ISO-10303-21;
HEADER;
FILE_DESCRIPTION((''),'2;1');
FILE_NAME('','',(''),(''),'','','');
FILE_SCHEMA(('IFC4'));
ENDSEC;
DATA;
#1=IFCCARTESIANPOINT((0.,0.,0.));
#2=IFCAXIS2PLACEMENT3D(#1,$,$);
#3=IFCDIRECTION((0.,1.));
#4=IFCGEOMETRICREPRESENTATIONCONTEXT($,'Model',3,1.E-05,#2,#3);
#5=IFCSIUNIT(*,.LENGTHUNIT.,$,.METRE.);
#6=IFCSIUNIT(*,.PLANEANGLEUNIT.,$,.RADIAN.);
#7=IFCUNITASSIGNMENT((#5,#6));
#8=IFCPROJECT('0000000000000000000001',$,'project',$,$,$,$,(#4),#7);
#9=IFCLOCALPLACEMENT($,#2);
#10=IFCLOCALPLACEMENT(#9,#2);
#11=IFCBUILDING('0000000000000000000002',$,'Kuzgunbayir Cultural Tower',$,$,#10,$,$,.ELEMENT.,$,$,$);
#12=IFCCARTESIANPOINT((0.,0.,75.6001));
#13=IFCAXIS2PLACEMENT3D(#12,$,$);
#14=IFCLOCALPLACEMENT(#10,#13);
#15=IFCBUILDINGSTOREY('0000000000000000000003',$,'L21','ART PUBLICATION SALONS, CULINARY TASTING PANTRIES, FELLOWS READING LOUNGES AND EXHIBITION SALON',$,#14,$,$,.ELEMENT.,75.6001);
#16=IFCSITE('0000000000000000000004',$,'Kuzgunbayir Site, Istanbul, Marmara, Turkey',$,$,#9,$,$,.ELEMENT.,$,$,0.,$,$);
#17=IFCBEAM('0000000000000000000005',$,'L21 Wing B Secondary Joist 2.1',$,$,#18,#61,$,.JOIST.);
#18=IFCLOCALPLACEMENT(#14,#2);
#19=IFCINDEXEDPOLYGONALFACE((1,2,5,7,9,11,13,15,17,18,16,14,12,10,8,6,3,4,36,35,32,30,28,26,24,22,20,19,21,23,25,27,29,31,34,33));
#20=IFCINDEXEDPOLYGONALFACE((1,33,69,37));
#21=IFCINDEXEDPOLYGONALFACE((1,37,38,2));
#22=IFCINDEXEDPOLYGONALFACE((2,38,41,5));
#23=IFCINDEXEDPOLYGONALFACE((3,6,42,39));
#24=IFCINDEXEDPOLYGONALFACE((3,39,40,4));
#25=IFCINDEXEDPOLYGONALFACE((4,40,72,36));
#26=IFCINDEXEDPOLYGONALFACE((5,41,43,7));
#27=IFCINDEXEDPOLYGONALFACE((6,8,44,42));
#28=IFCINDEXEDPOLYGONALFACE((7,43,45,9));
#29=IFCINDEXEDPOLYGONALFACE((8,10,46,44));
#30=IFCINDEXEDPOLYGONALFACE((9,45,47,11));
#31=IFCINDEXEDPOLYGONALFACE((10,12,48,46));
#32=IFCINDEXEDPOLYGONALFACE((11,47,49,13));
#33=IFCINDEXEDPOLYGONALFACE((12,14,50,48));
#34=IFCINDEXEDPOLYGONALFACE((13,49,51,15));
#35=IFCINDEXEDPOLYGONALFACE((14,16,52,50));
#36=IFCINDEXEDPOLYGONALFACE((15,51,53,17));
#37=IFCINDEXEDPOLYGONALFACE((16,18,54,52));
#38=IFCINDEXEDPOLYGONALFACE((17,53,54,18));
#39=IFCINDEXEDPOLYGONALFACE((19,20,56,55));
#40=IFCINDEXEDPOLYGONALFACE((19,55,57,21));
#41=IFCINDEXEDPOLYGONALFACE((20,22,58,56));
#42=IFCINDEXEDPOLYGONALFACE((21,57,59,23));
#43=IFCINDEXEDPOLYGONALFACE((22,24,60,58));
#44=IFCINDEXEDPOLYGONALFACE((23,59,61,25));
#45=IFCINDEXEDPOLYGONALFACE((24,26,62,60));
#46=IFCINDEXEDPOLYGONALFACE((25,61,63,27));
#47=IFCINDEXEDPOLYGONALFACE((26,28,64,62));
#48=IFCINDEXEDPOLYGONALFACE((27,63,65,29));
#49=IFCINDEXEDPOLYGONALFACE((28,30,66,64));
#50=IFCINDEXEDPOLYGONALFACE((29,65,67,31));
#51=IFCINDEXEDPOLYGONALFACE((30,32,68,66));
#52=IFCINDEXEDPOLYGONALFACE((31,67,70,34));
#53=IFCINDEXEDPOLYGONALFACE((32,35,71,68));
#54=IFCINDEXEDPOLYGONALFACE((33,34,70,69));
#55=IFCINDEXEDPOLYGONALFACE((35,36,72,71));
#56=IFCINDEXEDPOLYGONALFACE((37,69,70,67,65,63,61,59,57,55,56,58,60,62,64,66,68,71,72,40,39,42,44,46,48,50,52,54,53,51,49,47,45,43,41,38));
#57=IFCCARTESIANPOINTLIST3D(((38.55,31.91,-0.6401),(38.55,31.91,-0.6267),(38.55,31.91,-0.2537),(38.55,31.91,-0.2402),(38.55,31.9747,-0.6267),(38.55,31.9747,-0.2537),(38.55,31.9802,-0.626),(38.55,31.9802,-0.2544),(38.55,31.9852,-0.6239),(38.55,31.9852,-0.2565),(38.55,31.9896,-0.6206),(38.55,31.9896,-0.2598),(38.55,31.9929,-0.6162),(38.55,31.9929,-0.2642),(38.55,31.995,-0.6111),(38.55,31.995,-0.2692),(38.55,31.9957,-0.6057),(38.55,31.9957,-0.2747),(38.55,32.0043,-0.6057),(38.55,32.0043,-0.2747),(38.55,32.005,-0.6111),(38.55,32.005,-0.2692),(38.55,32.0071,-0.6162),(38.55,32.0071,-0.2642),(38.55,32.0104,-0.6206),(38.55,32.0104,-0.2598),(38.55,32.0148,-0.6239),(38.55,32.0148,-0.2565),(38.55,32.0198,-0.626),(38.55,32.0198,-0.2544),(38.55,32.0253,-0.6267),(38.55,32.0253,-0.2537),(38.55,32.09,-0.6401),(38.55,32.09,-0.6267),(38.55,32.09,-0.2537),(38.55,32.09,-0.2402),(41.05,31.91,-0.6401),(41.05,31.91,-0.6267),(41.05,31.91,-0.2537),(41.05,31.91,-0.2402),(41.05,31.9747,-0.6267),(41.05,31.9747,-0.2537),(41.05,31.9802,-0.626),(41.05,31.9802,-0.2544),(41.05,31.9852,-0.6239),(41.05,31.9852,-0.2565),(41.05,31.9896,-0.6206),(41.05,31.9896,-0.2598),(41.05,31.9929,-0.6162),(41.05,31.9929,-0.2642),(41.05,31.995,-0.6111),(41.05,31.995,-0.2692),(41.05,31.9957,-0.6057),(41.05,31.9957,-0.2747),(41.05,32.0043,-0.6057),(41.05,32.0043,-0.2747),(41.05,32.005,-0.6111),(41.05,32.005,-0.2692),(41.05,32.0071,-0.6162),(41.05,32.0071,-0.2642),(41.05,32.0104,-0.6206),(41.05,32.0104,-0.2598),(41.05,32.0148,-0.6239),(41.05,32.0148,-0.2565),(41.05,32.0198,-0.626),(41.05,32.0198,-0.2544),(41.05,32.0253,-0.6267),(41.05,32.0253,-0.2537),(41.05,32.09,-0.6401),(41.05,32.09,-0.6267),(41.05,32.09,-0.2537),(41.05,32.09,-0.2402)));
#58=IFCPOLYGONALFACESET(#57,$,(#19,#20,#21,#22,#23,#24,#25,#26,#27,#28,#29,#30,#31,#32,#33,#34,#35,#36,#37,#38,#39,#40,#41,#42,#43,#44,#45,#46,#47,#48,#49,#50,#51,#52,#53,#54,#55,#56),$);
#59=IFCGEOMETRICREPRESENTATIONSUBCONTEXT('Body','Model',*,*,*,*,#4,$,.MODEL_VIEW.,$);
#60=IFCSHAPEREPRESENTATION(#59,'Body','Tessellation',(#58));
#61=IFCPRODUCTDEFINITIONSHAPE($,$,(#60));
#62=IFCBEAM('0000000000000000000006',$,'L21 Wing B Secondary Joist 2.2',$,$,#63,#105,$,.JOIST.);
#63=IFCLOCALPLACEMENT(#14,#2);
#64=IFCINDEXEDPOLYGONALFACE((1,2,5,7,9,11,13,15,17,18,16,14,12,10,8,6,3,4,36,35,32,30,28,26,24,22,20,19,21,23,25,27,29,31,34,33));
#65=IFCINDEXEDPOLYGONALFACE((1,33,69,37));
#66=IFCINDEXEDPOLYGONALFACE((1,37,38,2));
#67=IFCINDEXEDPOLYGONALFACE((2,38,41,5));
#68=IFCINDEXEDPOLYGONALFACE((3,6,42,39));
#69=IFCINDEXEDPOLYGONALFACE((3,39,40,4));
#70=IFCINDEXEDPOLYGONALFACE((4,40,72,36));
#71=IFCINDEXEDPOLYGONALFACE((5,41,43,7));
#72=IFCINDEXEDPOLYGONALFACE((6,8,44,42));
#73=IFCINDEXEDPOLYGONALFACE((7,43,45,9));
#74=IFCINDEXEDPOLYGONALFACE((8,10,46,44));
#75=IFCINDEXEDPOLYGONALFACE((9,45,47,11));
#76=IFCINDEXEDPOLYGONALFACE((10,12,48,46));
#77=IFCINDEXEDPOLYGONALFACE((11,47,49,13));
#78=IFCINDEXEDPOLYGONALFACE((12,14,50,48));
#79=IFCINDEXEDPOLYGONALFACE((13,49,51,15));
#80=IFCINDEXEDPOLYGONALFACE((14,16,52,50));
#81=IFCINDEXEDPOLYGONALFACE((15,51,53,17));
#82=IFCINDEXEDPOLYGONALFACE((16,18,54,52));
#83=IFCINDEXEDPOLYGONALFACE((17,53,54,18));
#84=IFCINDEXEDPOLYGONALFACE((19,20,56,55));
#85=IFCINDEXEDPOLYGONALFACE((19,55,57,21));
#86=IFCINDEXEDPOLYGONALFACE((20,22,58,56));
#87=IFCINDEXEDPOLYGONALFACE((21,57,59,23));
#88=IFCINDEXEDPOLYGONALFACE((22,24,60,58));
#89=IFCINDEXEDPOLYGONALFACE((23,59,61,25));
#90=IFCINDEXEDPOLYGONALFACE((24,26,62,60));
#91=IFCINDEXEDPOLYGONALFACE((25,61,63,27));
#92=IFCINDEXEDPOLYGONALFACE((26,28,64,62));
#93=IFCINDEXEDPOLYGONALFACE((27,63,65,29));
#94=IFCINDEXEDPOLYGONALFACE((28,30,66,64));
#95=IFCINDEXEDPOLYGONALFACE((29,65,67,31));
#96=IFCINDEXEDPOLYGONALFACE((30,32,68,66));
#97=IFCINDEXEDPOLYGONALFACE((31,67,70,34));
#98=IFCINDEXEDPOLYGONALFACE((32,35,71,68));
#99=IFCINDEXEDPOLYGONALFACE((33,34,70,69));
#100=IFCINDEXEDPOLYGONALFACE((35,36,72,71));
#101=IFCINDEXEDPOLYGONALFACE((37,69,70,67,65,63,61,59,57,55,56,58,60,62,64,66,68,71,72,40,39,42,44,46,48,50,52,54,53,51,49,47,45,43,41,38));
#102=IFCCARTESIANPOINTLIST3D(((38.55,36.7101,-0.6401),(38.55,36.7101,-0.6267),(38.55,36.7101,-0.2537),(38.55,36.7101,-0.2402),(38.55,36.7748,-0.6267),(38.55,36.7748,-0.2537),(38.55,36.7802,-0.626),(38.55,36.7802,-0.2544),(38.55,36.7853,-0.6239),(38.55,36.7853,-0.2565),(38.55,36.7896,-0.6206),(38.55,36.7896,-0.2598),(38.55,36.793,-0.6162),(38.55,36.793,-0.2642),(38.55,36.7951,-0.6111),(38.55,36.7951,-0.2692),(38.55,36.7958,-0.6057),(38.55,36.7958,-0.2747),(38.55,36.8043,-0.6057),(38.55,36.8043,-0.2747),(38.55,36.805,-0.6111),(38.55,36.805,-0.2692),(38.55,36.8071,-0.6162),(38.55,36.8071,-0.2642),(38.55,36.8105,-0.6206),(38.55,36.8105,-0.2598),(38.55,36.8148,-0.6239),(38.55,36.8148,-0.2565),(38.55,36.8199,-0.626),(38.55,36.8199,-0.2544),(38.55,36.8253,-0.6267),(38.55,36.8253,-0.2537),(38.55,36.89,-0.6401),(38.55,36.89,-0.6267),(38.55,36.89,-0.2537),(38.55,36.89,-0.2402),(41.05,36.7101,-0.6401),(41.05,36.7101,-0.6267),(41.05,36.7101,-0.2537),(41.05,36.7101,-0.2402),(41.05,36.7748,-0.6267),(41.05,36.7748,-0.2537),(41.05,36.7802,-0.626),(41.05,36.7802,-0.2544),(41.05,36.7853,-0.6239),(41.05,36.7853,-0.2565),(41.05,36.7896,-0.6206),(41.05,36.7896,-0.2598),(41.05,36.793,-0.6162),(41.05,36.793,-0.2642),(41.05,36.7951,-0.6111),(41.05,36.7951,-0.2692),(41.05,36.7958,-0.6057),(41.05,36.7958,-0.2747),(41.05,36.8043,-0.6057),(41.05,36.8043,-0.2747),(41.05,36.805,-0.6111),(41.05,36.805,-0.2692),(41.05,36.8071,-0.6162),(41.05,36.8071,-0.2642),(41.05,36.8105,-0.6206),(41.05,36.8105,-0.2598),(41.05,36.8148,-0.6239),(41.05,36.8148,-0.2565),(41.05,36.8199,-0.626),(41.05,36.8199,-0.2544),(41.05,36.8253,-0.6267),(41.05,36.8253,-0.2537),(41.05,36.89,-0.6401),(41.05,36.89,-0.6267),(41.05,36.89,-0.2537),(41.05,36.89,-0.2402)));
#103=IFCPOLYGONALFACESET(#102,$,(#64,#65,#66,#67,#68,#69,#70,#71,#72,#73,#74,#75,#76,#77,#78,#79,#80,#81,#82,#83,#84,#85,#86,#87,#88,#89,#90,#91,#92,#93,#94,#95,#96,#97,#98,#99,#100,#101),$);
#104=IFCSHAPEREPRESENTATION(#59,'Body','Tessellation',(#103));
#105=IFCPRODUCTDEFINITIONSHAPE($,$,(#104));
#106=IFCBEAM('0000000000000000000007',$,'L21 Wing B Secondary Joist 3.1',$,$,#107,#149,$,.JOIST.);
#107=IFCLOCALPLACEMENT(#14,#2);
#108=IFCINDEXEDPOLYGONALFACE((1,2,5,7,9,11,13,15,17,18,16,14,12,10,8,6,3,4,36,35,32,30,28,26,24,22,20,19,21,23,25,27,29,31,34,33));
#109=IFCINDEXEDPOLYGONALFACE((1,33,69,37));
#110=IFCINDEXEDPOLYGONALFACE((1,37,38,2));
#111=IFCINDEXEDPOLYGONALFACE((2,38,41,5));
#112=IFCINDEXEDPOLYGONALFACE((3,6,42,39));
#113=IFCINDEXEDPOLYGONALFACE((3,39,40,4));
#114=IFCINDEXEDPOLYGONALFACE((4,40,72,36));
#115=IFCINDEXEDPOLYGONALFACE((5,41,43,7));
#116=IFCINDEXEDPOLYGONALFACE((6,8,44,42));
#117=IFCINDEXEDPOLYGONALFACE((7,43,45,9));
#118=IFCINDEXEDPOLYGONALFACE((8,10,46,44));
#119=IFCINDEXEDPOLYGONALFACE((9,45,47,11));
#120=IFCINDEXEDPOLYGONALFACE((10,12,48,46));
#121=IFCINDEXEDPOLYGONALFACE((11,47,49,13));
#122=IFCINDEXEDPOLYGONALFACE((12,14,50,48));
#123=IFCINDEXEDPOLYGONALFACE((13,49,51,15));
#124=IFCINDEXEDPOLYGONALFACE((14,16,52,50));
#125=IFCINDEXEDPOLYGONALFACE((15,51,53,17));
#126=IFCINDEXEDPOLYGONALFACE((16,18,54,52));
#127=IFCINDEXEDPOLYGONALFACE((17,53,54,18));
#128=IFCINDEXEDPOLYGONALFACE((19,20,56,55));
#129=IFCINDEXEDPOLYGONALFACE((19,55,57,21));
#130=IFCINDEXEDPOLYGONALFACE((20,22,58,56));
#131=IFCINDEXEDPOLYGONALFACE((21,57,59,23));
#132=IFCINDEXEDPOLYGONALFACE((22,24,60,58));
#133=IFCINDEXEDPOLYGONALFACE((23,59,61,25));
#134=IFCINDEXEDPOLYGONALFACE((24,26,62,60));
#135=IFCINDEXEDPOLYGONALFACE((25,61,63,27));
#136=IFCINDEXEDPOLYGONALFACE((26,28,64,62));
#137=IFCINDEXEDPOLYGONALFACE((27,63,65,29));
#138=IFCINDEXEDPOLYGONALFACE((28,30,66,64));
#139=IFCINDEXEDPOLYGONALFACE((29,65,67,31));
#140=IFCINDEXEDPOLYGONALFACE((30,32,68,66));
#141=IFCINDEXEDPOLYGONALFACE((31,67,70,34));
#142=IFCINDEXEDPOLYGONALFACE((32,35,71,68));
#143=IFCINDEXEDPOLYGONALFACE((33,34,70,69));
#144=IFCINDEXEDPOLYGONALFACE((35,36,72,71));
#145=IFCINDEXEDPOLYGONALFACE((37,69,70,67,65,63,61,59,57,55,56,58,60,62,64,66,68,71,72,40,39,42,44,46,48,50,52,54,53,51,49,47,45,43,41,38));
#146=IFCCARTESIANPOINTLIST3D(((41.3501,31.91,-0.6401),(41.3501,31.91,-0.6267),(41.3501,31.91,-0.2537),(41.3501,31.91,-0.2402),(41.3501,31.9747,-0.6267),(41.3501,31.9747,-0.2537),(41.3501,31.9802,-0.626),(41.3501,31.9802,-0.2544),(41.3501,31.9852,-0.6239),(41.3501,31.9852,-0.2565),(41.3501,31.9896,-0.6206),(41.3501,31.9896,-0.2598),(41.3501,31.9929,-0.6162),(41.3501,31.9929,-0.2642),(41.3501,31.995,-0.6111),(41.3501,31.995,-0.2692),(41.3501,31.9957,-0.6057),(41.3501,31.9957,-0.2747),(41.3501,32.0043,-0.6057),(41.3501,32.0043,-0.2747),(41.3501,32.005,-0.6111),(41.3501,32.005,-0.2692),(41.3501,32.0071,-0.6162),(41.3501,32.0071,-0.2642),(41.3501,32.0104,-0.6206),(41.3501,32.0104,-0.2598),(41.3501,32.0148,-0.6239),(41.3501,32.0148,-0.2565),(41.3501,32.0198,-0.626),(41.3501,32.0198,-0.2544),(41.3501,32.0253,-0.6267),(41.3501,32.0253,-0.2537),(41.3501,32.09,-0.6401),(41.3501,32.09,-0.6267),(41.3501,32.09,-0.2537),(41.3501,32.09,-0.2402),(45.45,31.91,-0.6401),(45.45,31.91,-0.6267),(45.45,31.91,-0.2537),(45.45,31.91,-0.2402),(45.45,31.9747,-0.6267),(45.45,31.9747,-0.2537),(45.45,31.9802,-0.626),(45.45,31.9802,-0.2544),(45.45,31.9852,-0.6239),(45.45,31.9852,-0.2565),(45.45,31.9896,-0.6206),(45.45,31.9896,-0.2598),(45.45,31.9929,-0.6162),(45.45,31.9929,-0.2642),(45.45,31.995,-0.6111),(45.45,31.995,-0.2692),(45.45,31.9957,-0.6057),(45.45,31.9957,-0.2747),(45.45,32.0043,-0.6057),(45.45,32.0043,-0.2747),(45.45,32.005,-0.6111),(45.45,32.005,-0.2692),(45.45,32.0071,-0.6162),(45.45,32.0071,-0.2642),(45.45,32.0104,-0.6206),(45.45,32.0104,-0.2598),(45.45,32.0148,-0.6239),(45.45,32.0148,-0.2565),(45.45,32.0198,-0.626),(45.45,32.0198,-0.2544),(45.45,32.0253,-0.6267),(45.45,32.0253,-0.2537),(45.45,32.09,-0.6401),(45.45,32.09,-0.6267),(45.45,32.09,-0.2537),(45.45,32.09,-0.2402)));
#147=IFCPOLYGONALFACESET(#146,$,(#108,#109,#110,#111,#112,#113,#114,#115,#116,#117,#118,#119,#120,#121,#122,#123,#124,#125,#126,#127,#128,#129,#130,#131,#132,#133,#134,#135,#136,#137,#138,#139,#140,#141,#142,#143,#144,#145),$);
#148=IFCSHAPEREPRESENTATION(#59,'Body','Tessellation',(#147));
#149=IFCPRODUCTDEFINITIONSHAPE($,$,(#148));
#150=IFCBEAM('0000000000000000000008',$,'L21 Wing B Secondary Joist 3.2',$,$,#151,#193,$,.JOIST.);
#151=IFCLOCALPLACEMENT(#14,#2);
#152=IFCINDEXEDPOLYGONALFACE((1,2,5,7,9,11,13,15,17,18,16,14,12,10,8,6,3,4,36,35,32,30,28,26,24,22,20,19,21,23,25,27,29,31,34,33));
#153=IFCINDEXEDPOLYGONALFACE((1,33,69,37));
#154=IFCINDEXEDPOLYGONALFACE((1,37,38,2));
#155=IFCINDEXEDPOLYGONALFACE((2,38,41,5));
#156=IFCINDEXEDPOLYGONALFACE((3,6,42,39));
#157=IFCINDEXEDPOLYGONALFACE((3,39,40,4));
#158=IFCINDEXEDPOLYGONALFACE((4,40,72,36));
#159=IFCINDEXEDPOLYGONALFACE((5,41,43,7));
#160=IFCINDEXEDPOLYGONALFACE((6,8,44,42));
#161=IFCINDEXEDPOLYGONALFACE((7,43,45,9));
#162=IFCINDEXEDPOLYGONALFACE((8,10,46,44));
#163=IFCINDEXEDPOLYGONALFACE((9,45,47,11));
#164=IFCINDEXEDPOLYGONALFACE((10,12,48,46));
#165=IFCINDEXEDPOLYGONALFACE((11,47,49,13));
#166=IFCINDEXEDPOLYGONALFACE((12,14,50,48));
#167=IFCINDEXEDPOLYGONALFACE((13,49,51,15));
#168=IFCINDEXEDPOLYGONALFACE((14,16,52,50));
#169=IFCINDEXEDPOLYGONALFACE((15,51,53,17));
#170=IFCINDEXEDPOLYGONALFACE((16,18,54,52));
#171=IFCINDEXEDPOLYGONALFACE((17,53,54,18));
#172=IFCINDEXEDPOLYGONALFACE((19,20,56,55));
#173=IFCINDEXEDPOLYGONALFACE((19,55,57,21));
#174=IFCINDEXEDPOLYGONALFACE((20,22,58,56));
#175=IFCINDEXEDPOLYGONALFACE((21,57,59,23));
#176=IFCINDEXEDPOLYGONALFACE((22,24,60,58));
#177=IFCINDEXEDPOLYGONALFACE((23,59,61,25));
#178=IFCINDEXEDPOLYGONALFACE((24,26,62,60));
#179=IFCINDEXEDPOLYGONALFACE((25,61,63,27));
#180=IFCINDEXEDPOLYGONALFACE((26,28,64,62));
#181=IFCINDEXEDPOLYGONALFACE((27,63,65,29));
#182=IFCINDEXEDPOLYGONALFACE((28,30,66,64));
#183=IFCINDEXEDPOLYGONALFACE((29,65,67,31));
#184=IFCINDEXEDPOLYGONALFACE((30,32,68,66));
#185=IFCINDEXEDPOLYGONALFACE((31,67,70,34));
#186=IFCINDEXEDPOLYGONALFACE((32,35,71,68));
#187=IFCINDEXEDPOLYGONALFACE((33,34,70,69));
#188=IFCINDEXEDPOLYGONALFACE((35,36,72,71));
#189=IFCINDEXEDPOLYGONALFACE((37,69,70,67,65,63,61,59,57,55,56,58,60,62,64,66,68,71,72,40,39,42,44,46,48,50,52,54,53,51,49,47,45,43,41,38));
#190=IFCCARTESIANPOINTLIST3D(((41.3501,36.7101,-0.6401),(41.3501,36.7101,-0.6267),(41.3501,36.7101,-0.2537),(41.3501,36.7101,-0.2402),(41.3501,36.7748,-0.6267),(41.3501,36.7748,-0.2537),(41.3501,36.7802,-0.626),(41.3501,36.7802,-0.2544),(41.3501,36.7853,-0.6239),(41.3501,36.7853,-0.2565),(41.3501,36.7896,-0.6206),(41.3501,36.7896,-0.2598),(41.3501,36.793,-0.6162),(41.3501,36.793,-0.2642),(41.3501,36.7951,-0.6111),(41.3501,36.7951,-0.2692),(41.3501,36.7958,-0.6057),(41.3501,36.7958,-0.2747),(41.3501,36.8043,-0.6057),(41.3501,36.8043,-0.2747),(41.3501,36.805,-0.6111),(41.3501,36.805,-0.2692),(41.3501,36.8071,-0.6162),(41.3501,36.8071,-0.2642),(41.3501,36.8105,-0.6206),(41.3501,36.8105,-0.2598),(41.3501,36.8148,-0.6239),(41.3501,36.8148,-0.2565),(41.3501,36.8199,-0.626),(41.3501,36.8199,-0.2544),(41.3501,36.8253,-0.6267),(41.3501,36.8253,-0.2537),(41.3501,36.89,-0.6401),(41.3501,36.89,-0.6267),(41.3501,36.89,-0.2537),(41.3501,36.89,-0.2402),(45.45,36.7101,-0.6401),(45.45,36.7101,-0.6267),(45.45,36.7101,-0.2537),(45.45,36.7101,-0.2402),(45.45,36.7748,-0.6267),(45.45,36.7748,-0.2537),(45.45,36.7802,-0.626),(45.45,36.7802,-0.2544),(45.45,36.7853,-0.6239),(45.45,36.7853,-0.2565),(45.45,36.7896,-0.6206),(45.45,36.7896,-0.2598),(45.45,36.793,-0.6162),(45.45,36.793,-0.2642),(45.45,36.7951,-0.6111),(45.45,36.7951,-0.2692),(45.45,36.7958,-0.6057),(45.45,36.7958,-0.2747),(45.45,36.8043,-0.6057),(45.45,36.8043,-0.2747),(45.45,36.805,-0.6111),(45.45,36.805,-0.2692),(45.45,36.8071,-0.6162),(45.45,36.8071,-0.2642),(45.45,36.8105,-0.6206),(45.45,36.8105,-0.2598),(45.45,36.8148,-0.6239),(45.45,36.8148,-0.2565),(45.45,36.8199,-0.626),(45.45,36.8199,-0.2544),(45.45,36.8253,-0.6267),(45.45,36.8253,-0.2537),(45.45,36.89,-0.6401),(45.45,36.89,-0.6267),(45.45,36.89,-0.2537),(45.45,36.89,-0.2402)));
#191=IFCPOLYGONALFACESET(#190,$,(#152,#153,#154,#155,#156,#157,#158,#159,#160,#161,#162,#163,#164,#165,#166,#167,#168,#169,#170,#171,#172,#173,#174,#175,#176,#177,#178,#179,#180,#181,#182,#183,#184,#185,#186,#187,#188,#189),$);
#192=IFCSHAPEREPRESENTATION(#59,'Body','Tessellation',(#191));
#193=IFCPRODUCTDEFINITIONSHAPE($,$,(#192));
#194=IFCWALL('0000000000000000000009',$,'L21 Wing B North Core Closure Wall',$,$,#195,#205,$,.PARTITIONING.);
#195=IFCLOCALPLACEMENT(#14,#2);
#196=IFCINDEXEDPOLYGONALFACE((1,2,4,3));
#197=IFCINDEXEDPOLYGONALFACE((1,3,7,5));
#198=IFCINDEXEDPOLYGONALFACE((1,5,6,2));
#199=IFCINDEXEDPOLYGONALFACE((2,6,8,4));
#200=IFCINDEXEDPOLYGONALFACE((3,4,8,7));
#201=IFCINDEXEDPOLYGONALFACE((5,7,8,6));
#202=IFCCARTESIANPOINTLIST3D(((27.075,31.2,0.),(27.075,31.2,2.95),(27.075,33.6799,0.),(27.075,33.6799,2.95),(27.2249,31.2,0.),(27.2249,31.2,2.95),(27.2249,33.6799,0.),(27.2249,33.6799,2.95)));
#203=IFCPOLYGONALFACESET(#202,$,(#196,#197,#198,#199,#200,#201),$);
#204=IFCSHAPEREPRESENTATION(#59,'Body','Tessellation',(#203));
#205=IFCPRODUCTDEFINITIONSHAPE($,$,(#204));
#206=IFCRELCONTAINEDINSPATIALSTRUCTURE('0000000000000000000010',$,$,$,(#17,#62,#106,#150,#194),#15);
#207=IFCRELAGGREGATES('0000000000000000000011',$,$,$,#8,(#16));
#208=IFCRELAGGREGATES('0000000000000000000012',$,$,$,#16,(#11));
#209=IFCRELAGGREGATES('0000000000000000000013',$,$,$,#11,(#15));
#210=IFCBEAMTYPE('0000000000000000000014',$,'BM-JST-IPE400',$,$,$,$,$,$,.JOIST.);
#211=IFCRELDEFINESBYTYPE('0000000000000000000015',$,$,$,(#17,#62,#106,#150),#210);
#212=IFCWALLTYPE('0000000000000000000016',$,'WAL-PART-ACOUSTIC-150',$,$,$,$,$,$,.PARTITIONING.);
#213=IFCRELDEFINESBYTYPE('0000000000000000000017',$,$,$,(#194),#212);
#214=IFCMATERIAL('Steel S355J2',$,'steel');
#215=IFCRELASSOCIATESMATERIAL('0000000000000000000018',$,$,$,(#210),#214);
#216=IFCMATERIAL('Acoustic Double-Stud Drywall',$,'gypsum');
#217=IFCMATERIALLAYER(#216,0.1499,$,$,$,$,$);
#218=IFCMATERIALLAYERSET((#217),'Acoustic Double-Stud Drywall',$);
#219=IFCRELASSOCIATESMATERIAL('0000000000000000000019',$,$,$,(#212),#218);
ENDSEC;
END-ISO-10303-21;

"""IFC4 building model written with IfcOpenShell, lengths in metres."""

from ifc_helpers import new_model, si_unit, direction, frame, frame_2d, origin, origin_2d, place, context, subcontext, project, spatial, rectangle, i_section, extrude, material, layer, layer_set, material_profile, profile_set, type_object, element, save


model = new_model("IFC4")

# Units and contexts
model_context = context("Model", 3, precision=1e-05, world=origin(), true_north=direction((0.0, 1.0)))
body_context = subcontext(model_context, "Body", "Model", "MODEL_VIEW")
ifc_project = project(units=[si_unit("LENGTHUNIT", "METRE"), si_unit("PLANEANGLEUNIT", "RADIAN")], contexts=[model_context])

# Site, building, storey
site_placement = place(None, origin())
site = spatial("IfcSite", under=ifc_project, at=site_placement, Name="Kuzgunbayir Site, Istanbul, Marmara, Turkey", CompositionType="ELEMENT", RefElevation=0.0)
building_placement = place(site_placement, origin())
building = spatial("IfcBuilding", under=site, at=building_placement, Name="Kuzgunbayir Cultural Tower", CompositionType="ELEMENT")
storey_placement = place(building_placement, frame((0.0, 0.0, 75.6001)))
storey = spatial("IfcBuildingStorey", under=building, at=storey_placement, Name="L21", Description="ART PUBLICATION SALONS, CULINARY TASTING PANTRIES, FELLOWS READING LOUNGES AND EXHIBITION SALON", CompositionType="ELEMENT", Elevation=75.6001)

# Beams
ifc_material_1 = material(Name="Steel S355J2", Category="steel")
ifc_material_profile_1 = material_profile(ifc_material_1, i_section(OverallWidth=0.1799, OverallDepth=0.3999, WebThickness=0.0085, FlangeThickness=0.0134, FilletRadius=0.021, at=origin_2d()), Name="IPE 400")
ifc_profile_set_1 = profile_set([ifc_material_profile_1], Name="Steel S355J2")
beam_type_1 = type_object("IfcBeamType", Name="BM-JST-IPE400", PredefinedType="JOIST", material=ifc_profile_set_1)
for number, where, z_axis, x_axis, name in (
    (1, (38.55, 32.0, -0.4402), (1.0, 0.0, 0.0), (0.0, 1.0, 0.0), "L21 Wing B Secondary Joist 2.1"),
    (2, (38.55, 36.8, -0.4402), (1.0, 0.0, 0.0), (0.0, 1.0, 0.0), "L21 Wing B Secondary Joist 2.2"),
):
    element("IfcBeam", number, at=place(storey_placement, frame(where, z_axis=z_axis, x_axis=x_axis)), inside=storey, type_object=beam_type_1, Name=name, PredefinedType="JOIST", context=body_context, shape_type="SweptSolid", body=[
        extrude(i_section(OverallWidth=0.1799, OverallDepth=0.3999, WebThickness=0.0085, FlangeThickness=0.0134, FilletRadius=0.021, at=origin_2d()), origin(), (0.0, 0.0, 1.0), 2.5),
    ])
for number, where, z_axis, x_axis, name in (
    (3, (41.3501, 32.0, -0.4402), (1.0, 0.0, 0.0), (0.0, 1.0, 0.0), "L21 Wing B Secondary Joist 3.1"),
    (4, (41.3501, 36.8, -0.4402), (1.0, 0.0, 0.0), (0.0, 1.0, 0.0), "L21 Wing B Secondary Joist 3.2"),
):
    element("IfcBeam", number, at=place(storey_placement, frame(where, z_axis=z_axis, x_axis=x_axis)), inside=storey, type_object=beam_type_1, Name=name, PredefinedType="JOIST", context=body_context, shape_type="SweptSolid", body=[
        extrude(i_section(OverallWidth=0.1799, OverallDepth=0.3999, WebThickness=0.0085, FlangeThickness=0.0134, FilletRadius=0.021, at=origin_2d()), origin(), (0.0, 0.0, 1.0), 4.0999),
    ])

# Wall
ifc_material_2 = material(Name="Acoustic Double-Stud Drywall", Category="gypsum")
ifc_layer = layer(ifc_material_2, 0.1499)
ifc_layer_set = layer_set([ifc_layer], Name="Acoustic Double-Stud Drywall")
wall_type = type_object("IfcWallType", Name="WAL-PART-ACOUSTIC-150", PredefinedType="PARTITIONING", material=ifc_layer_set)
wall_placement = place(storey_placement, frame((27.1499, 31.2, 0.0), z_axis=(0.0, 0.0, 1.0), x_axis=(0.0, 1.0, 0.0)))
element("IfcWall", 5, at=wall_placement, inside=storey, type_object=wall_type, Name="L21 Wing B North Core Closure Wall", PredefinedType="PARTITIONING", context=body_context, shape_type="SweptSolid", body=[
    extrude(rectangle(XDim=2.48, YDim=0.1499, at=frame_2d((1.24, 0.0))), origin(), (0.0, 0.0, 1.0), 2.95),
])

save(model, "model.ifc")
